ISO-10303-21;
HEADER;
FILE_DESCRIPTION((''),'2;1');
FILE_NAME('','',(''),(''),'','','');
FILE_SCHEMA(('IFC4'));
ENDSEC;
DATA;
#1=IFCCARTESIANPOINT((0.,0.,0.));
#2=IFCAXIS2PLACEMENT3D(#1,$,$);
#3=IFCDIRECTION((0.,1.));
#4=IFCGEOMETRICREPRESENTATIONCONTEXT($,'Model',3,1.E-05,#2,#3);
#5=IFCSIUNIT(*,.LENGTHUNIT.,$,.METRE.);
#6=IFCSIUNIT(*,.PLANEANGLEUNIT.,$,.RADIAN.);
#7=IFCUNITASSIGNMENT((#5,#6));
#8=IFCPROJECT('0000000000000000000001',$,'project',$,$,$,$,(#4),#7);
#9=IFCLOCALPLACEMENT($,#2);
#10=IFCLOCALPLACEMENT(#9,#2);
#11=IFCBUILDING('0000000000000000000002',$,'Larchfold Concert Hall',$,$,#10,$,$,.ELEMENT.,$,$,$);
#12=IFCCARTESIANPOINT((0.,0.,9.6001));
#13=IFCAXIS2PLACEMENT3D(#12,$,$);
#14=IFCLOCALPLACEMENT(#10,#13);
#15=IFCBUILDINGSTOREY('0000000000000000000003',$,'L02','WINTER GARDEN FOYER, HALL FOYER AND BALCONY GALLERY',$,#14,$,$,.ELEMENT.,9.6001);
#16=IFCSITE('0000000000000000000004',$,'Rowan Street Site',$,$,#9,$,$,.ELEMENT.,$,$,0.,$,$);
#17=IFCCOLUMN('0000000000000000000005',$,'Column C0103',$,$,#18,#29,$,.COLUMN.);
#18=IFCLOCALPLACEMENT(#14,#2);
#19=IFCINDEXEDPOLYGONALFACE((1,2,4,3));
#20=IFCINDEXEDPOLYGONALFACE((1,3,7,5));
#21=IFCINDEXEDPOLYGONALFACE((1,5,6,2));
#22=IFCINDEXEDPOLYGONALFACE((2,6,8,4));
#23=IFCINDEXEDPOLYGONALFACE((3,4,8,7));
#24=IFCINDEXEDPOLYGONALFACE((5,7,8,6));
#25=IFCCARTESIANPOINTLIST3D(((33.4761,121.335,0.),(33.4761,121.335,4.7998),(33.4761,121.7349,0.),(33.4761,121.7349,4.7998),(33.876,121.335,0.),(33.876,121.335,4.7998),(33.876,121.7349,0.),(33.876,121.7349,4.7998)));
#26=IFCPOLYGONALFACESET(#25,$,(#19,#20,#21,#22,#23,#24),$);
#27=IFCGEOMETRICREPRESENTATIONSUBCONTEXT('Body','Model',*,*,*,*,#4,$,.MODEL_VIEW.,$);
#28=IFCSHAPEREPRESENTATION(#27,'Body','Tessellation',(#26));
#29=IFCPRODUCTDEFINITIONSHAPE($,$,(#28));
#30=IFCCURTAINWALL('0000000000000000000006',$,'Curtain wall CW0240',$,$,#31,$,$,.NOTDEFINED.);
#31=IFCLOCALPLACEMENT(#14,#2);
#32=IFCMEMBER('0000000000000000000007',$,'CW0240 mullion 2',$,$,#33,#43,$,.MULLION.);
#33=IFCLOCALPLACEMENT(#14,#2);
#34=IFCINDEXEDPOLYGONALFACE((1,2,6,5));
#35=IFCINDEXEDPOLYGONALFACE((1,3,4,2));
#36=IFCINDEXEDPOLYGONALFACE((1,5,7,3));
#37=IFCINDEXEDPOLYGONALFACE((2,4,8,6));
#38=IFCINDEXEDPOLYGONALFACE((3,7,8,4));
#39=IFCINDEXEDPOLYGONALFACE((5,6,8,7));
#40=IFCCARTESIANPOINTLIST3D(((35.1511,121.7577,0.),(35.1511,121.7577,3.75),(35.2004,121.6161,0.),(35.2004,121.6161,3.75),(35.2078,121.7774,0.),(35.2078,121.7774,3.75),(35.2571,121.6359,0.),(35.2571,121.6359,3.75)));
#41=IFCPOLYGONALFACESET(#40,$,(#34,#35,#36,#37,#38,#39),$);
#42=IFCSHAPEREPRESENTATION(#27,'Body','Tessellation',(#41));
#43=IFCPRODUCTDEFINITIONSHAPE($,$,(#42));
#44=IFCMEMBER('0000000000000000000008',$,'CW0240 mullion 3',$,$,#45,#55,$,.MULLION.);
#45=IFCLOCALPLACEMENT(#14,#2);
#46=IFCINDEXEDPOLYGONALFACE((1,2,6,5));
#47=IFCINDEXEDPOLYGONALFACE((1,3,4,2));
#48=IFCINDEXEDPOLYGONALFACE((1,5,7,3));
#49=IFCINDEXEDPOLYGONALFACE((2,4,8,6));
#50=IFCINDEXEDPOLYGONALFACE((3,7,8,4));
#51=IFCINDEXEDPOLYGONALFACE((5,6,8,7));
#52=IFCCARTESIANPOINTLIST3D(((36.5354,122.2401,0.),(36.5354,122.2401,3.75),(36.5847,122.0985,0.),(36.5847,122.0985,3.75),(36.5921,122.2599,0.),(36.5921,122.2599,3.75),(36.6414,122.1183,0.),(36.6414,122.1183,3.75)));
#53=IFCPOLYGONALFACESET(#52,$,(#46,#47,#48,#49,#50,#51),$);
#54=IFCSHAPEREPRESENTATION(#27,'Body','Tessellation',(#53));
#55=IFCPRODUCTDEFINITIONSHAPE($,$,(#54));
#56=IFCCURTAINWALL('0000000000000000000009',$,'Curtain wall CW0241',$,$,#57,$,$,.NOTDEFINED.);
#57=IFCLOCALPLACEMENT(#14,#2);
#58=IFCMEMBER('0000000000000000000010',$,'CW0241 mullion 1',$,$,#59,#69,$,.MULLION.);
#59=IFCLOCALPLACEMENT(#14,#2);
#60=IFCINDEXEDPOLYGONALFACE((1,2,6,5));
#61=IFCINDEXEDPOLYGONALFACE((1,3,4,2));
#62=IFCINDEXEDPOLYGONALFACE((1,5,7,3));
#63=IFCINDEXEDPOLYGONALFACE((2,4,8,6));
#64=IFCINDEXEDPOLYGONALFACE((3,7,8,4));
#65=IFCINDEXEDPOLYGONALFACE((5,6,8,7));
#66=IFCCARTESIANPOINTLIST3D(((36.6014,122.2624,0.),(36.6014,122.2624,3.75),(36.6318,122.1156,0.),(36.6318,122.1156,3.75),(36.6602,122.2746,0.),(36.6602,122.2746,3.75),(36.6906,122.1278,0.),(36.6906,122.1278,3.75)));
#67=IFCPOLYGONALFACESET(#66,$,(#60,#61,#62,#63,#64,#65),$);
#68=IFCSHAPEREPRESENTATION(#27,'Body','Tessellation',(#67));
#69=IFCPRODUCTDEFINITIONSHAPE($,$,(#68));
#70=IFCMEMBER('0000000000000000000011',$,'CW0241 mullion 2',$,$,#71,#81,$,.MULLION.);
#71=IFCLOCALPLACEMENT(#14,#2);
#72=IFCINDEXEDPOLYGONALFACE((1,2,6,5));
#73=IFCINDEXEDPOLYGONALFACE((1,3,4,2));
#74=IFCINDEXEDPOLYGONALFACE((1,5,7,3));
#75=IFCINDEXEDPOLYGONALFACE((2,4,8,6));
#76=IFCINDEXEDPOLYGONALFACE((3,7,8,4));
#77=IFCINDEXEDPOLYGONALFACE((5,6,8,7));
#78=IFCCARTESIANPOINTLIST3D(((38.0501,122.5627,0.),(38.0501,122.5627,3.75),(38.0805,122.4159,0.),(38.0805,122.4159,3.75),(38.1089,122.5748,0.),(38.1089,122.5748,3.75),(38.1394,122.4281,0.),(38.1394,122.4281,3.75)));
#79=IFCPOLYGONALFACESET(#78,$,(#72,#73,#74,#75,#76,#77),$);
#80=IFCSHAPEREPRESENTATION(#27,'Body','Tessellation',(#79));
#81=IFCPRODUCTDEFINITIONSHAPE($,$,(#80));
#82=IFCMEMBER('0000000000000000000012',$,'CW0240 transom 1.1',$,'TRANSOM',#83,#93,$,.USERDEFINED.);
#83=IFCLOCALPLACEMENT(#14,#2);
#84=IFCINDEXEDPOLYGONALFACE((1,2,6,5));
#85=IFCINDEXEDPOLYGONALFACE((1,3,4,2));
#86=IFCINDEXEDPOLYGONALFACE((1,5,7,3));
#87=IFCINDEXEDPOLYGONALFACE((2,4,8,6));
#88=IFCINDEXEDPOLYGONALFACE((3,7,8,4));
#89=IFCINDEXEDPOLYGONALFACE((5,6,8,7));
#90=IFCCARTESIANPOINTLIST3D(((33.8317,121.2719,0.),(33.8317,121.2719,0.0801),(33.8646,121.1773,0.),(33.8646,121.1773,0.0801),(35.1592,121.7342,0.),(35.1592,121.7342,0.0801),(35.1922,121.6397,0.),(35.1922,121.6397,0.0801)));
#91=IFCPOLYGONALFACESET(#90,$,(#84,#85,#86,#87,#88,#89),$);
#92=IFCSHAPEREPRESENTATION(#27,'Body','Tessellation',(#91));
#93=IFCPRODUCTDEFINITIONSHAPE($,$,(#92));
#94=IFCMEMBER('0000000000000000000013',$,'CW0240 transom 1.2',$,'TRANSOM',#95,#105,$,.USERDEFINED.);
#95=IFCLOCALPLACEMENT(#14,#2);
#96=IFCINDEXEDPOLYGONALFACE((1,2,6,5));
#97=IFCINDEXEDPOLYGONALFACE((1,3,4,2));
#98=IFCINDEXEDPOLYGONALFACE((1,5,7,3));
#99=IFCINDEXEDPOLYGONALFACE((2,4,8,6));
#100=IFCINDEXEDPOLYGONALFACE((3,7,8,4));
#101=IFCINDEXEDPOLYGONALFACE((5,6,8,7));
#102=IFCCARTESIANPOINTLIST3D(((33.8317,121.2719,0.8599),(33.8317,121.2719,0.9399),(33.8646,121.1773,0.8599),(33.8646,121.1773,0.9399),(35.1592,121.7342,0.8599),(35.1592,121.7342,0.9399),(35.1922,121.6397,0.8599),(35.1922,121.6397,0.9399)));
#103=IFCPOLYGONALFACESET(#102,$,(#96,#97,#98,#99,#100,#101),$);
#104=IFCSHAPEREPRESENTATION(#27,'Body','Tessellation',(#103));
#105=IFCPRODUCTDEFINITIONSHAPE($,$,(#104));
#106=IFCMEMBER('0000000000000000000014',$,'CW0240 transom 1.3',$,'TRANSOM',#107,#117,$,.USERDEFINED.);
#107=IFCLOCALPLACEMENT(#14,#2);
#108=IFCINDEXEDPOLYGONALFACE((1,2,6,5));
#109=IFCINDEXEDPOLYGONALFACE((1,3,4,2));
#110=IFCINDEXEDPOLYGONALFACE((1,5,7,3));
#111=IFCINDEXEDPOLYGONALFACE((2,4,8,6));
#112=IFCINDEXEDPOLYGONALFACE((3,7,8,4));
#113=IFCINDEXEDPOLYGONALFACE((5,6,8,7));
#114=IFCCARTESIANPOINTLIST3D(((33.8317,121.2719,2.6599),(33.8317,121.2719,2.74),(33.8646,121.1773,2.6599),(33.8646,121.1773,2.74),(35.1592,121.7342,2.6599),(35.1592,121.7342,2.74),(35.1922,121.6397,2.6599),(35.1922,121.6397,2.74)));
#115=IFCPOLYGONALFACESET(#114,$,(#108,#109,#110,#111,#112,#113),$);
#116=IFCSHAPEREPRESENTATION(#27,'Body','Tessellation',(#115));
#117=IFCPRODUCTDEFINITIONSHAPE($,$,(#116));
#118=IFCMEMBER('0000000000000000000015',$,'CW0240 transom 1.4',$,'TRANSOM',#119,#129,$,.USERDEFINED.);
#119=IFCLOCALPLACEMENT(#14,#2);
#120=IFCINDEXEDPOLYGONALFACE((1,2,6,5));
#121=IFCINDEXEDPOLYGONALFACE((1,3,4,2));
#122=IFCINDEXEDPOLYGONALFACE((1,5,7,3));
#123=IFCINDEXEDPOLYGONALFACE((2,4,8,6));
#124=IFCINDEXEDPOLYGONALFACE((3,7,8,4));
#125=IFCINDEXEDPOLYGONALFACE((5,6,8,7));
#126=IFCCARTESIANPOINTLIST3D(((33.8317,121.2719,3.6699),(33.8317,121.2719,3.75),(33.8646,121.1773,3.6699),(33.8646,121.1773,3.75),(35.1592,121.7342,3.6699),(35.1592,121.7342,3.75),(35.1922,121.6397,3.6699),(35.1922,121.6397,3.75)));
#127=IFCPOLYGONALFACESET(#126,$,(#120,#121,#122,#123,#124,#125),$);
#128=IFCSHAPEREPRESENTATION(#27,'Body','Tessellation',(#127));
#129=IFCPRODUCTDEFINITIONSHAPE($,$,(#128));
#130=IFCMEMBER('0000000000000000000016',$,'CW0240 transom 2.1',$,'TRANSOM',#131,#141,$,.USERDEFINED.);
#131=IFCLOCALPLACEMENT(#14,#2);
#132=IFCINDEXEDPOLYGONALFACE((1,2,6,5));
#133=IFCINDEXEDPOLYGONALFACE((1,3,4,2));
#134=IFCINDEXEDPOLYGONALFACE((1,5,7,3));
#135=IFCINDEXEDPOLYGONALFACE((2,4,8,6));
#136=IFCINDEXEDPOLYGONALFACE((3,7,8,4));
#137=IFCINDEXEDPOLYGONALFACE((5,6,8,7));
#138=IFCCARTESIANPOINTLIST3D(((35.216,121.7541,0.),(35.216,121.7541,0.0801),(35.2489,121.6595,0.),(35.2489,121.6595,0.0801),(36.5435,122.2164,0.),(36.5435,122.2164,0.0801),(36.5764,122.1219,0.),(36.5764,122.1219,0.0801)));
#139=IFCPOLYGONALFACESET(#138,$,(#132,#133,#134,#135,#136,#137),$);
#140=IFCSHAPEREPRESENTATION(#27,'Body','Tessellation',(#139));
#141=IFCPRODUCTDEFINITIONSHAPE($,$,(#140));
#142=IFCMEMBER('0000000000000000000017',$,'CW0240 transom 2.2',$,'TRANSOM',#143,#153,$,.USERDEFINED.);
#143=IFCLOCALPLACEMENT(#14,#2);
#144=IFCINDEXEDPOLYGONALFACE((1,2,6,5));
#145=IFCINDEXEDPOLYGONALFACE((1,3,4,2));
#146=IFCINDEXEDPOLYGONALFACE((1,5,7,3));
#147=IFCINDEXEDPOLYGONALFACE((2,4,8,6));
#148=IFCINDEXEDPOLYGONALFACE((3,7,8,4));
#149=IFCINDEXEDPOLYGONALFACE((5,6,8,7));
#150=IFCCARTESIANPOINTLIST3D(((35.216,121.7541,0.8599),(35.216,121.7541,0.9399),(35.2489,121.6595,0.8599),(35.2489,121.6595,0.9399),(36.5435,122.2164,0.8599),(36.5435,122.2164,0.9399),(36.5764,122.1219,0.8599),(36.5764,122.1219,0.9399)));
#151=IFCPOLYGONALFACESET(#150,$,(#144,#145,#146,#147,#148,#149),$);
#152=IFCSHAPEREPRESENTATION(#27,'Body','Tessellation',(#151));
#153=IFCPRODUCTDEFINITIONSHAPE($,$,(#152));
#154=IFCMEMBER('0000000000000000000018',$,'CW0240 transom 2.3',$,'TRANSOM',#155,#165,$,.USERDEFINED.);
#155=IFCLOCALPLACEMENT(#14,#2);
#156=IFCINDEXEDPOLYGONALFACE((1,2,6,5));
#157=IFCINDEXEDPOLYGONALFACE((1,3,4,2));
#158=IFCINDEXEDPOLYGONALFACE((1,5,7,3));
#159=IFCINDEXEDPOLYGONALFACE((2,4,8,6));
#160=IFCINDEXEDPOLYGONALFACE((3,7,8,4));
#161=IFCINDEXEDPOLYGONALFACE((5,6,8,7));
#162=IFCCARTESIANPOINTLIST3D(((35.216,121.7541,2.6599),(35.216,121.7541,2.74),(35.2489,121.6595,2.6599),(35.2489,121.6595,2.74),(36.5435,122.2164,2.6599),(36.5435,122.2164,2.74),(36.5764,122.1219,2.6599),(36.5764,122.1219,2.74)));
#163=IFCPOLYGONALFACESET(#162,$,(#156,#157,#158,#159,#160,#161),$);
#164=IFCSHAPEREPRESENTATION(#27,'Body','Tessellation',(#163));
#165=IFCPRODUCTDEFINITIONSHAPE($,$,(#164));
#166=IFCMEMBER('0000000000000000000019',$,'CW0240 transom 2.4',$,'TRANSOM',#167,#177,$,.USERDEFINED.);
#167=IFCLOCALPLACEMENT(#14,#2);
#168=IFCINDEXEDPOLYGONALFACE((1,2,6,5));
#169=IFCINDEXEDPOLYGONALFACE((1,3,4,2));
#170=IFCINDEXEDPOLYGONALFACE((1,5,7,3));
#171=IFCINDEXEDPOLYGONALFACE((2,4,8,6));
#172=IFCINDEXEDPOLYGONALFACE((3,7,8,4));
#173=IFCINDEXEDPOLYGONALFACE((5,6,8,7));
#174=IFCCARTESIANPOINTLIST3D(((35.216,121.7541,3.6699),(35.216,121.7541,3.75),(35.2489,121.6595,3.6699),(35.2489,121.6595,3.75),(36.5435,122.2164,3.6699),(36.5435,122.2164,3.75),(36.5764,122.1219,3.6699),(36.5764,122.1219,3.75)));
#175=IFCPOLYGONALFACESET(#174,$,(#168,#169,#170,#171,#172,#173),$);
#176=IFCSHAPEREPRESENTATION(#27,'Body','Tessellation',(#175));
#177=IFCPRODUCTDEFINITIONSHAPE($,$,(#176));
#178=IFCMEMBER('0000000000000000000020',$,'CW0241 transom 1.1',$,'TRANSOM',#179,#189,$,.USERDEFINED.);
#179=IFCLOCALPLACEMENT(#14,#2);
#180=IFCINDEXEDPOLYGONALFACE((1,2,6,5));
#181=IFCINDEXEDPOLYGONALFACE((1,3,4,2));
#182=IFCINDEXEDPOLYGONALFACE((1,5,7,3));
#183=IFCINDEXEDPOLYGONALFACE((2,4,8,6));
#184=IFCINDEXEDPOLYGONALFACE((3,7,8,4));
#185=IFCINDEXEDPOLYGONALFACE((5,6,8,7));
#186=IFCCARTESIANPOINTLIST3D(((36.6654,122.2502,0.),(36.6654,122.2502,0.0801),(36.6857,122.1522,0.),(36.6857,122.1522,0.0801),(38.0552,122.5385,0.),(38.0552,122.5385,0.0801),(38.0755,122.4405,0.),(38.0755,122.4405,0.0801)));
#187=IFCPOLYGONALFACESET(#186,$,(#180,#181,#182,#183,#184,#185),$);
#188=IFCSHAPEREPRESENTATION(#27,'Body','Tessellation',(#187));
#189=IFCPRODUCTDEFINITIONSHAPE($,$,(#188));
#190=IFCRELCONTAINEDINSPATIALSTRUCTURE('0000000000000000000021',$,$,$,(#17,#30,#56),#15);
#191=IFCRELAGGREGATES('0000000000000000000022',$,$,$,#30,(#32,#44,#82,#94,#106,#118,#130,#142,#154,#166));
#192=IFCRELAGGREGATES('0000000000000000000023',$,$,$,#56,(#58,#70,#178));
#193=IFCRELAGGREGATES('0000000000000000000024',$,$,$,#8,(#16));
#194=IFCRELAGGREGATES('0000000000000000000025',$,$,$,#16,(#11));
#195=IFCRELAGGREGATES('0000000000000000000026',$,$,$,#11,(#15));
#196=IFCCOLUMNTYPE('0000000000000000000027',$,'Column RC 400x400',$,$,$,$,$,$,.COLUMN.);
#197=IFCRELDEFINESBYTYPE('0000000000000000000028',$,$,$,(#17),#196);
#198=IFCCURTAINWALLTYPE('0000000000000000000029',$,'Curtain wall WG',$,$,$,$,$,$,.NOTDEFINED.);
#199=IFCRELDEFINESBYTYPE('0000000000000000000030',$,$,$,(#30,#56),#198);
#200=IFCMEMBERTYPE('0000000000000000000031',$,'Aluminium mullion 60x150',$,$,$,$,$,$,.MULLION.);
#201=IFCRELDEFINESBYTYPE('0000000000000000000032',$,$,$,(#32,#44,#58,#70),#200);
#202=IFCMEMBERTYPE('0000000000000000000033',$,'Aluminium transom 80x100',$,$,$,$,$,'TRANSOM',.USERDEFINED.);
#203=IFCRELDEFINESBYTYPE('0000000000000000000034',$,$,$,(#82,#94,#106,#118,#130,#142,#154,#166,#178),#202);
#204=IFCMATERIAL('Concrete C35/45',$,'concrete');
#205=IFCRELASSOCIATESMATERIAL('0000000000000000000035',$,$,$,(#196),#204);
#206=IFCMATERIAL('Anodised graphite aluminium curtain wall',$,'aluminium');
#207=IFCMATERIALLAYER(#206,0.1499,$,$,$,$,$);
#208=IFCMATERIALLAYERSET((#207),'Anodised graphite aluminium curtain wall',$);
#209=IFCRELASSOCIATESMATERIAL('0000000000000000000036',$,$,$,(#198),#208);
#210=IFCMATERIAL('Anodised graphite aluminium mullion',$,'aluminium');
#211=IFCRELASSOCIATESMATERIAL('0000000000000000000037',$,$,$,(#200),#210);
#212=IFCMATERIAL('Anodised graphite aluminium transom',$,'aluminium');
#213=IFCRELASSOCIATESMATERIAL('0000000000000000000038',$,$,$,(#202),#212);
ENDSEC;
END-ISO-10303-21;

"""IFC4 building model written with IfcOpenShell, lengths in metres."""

from ifc_helpers import new_model, si_unit, direction, frame, origin, origin_2d, place, context, subcontext, project, spatial, rectangle, extrude, material, layer, layer_set, material_profile, profile_set, type_object, element, aggregate, save


model = new_model("IFC4")

# Units and contexts
model_context = context("Model", 3, precision=1e-05, world=origin(), true_north=direction((0.0, 1.0)))
body_context = subcontext(model_context, "Body", "Model", "MODEL_VIEW")
ifc_project = project(units=[si_unit("LENGTHUNIT", "METRE"), si_unit("PLANEANGLEUNIT", "RADIAN")], contexts=[model_context])

# Site, building, storey
site_placement = place(None, origin())
site = spatial("IfcSite", under=ifc_project, at=site_placement, Name="Rowan Street Site", CompositionType="ELEMENT", RefElevation=0.0)
building_placement = place(site_placement, origin())
building = spatial("IfcBuilding", under=site, at=building_placement, Name="Larchfold Concert Hall", CompositionType="ELEMENT")
storey_placement = place(building_placement, frame((0.0, 0.0, 9.6001)))
storey = spatial("IfcBuildingStorey", under=building, at=storey_placement, Name="L02", Description="WINTER GARDEN FOYER, HALL FOYER AND BALCONY GALLERY", CompositionType="ELEMENT", Elevation=9.6001)

# Column
ifc_material_1 = material(Name="Concrete C35/45", Category="concrete")
ifc_material_profile_1 = material_profile(ifc_material_1, rectangle(XDim=0.3999, YDim=0.3999, at=origin_2d()))
ifc_profile_set_1 = profile_set([ifc_material_profile_1], Name="Concrete C35/45")
column_type = type_object("IfcColumnType", Name="Column RC 400x400", PredefinedType="COLUMN", material=ifc_profile_set_1)
column_placement = place(storey_placement, frame((33.676, 121.5349, 0.0), z_axis=(0.0, 0.0, 1.0), x_axis=(1.0, 0.0, 0.0)))
element("IfcColumn", 1, at=column_placement, inside=storey, type_object=column_type, Name="Column C0103", PredefinedType="COLUMN", context=body_context, shape_type="SweptSolid", body=[
    extrude(rectangle(XDim=0.3999, YDim=0.3999, at=origin_2d()), origin(), (0.0, 0.0, 1.0), 4.7998),
])

# Curtain walls, members
ifc_material_2 = material(Name="Anodised graphite aluminium curtain wall", Category="aluminium")
ifc_layer_1 = layer(ifc_material_2, 0.1499)
ifc_layer_set_1 = layer_set([ifc_layer_1], Name="Anodised graphite aluminium curtain wall")
curtain_wall_type = type_object("IfcCurtainWallType", Name="Curtain wall WG", PredefinedType="NOTDEFINED", material=ifc_layer_set_1)
curtain_wall_1_placement = place(storey_placement, origin())
curtain_wall_1 = element("IfcCurtainWall", 2, at=curtain_wall_1_placement, inside=storey, type_object=curtain_wall_type, Name="Curtain wall CW0240", PredefinedType="NOTDEFINED")
ifc_material_3 = material(Name="Anodised graphite aluminium mullion", Category="aluminium")
ifc_material_profile_2 = material_profile(ifc_material_3, rectangle(XDim=0.1499, YDim=0.0601, at=origin_2d()))
ifc_profile_set_2 = profile_set([ifc_material_profile_2], Name="Anodised graphite aluminium mullion")
member_type_1 = type_object("IfcMemberType", Name="Aluminium mullion 60x150", PredefinedType="MULLION", material=ifc_profile_set_2)
member_1_placement = place(storey_placement, frame((35.2041, 121.6968, 0.0), z_axis=(0.0, 0.0, 1.0), x_axis=(-0.328954, 0.944346, 0.0)))
member_1 = element("IfcMember", 3, at=member_1_placement, type_object=member_type_1, Name="CW0240 mullion 2", PredefinedType="MULLION", context=body_context, shape_type="SweptSolid", body=[
    extrude(rectangle(XDim=0.1499, YDim=0.0601, at=origin_2d()), origin(), (0.0, 0.0, 1.0), 3.75),
])
member_2_placement = place(storey_placement, frame((36.5884, 122.1792, 0.0), z_axis=(0.0, 0.0, 1.0), x_axis=(-0.328954, 0.944346, 0.0)))
member_2 = element("IfcMember", 4, at=member_2_placement, type_object=member_type_1, Name="CW0240 mullion 3", PredefinedType="MULLION", context=body_context, shape_type="SweptSolid", body=[
    extrude(rectangle(XDim=0.1499, YDim=0.0601, at=origin_2d()), origin(), (0.0, 0.0, 1.0), 3.75),
])
curtain_wall_2_placement = place(storey_placement, origin())
curtain_wall_2 = element("IfcCurtainWall", 5, at=curtain_wall_2_placement, inside=storey, type_object=curtain_wall_type, Name="Curtain wall CW0241", PredefinedType="NOTDEFINED")
member_3_placement = place(storey_placement, frame((36.646, 122.1951, 0.0), z_axis=(0.0, 0.0, 1.0), x_axis=(-0.203063, 0.979166, 0.0)))
member_3 = element("IfcMember", 6, at=member_3_placement, type_object=member_type_1, Name="CW0241 mullion 1", PredefinedType="MULLION", context=body_context, shape_type="SweptSolid", body=[
    extrude(rectangle(XDim=0.1499, YDim=0.0601, at=origin_2d()), origin(), (0.0, 0.0, 1.0), 3.75),
])
member_4_placement = place(storey_placement, frame((38.0947, 122.4954, 0.0), z_axis=(0.0, 0.0, 1.0), x_axis=(-0.203063, 0.979166, 0.0)))
member_4 = element("IfcMember", 7, at=member_4_placement, type_object=member_type_1, Name="CW0241 mullion 2", PredefinedType="MULLION", context=body_context, shape_type="SweptSolid", body=[
    extrude(rectangle(XDim=0.1499, YDim=0.0601, at=origin_2d()), origin(), (0.0, 0.0, 1.0), 3.75),
])

# Members
ifc_material_4 = material(Name="Anodised graphite aluminium transom", Category="aluminium")
ifc_material_profile_3 = material_profile(ifc_material_4, rectangle(XDim=0.1001, YDim=0.0801, at=origin_2d()))
ifc_profile_set_3 = profile_set([ifc_material_profile_3], Name="Anodised graphite aluminium transom")
member_type_2 = type_object("IfcMemberType", Name="Aluminium transom 80x100", ElementType="TRANSOM", PredefinedType="USERDEFINED", material=ifc_profile_set_3)
member_5_placement = place(storey_placement, frame((33.8481, 121.2246, 0.04), z_axis=(0.944361, 0.328911, 0.0), x_axis=(-0.328911, 0.944361, 0.0)))
member_5 = element("IfcMember", 8, at=member_5_placement, type_object=member_type_2, Name="CW0240 transom 1.1", ObjectType="TRANSOM", PredefinedType="USERDEFINED", context=body_context, shape_type="SweptSolid", body=[
    extrude(rectangle(XDim=0.1001, YDim=0.0801, at=origin_2d()), origin(), (0.0, 0.0, 1.0), 1.4058),
])
member_6_placement = place(storey_placement, frame((33.8481, 121.2246, 0.8999), z_axis=(0.944361, 0.328911, 0.0), x_axis=(-0.328911, 0.944361, 0.0)))
member_6 = element("IfcMember", 9, at=member_6_placement, type_object=member_type_2, Name="CW0240 transom 1.2", ObjectType="TRANSOM", PredefinedType="USERDEFINED", context=body_context, shape_type="SweptSolid", body=[
    extrude(rectangle(XDim=0.1001, YDim=0.0801, at=origin_2d()), origin(), (0.0, 0.0, 1.0), 1.4058),
])
member_7_placement = place(storey_placement, frame((33.8481, 121.2246, 2.7), z_axis=(0.944361, 0.328911, 0.0), x_axis=(-0.328911, 0.944361, 0.0)))
member_7 = element("IfcMember", 10, at=member_7_placement, type_object=member_type_2, Name="CW0240 transom 1.3", ObjectType="TRANSOM", PredefinedType="USERDEFINED", context=body_context, shape_type="SweptSolid", body=[
    extrude(rectangle(XDim=0.1001, YDim=0.0801, at=origin_2d()), origin(), (0.0, 0.0, 1.0), 1.4058),
])
member_8_placement = place(storey_placement, frame((33.8481, 121.2246, 3.71), z_axis=(0.944361, 0.328911, 0.0), x_axis=(-0.328911, 0.944361, 0.0)))
member_8 = element("IfcMember", 11, at=member_8_placement, type_object=member_type_2, Name="CW0240 transom 1.4", ObjectType="TRANSOM", PredefinedType="USERDEFINED", context=body_context, shape_type="SweptSolid", body=[
    extrude(rectangle(XDim=0.1001, YDim=0.0801, at=origin_2d()), origin(), (0.0, 0.0, 1.0), 1.4058),
])
member_9_placement = place(storey_placement, frame((35.2324, 121.7068, 0.04), z_axis=(0.944361, 0.328911, 0.0), x_axis=(-0.328911, 0.944361, 0.0)))
member_9 = element("IfcMember", 12, at=member_9_placement, type_object=member_type_2, Name="CW0240 transom 2.1", ObjectType="TRANSOM", PredefinedType="USERDEFINED", context=body_context, shape_type="SweptSolid", body=[
    extrude(rectangle(XDim=0.1001, YDim=0.0801, at=origin_2d()), origin(), (0.0, 0.0, 1.0), 1.4058),
])
member_10_placement = place(storey_placement, frame((35.2324, 121.7068, 0.8999), z_axis=(0.944361, 0.328911, 0.0), x_axis=(-0.328911, 0.944361, 0.0)))
member_10 = element("IfcMember", 13, at=member_10_placement, type_object=member_type_2, Name="CW0240 transom 2.2", ObjectType="TRANSOM", PredefinedType="USERDEFINED", context=body_context, shape_type="SweptSolid", body=[
    extrude(rectangle(XDim=0.1001, YDim=0.0801, at=origin_2d()), origin(), (0.0, 0.0, 1.0), 1.4058),
])
member_11_placement = place(storey_placement, frame((35.2324, 121.7068, 2.7), z_axis=(0.944361, 0.328911, 0.0), x_axis=(-0.328911, 0.944361, 0.0)))
member_11 = element("IfcMember", 14, at=member_11_placement, type_object=member_type_2, Name="CW0240 transom 2.3", ObjectType="TRANSOM", PredefinedType="USERDEFINED", context=body_context, shape_type="SweptSolid", body=[
    extrude(rectangle(XDim=0.1001, YDim=0.0801, at=origin_2d()), origin(), (0.0, 0.0, 1.0), 1.4058),
])
member_12_placement = place(storey_placement, frame((35.2324, 121.7068, 3.71), z_axis=(0.944361, 0.328911, 0.0), x_axis=(-0.328911, 0.944361, 0.0)))
member_12 = element("IfcMember", 15, at=member_12_placement, type_object=member_type_2, Name="CW0240 transom 2.4", ObjectType="TRANSOM", PredefinedType="USERDEFINED", context=body_context, shape_type="SweptSolid", body=[
    extrude(rectangle(XDim=0.1001, YDim=0.0801, at=origin_2d()), origin(), (0.0, 0.0, 1.0), 1.4058),
])
member_13_placement = place(storey_placement, frame((36.6755, 122.2012, 0.04), z_axis=(0.979153, 0.203123, 0.0), x_axis=(-0.203123, 0.979153, 0.0)))
member_13 = element("IfcMember", 16, at=member_13_placement, type_object=member_type_2, Name="CW0241 transom 1.1", ObjectType="TRANSOM", PredefinedType="USERDEFINED", context=body_context, shape_type="SweptSolid", body=[
    extrude(rectangle(XDim=0.1001, YDim=0.0801, at=origin_2d()), origin(), (0.0, 0.0, 1.0), 1.4194),
])

aggregate(curtain_wall_1, [member_1, member_2, member_5, member_6, member_7, member_8, member_9, member_10, member_11, member_12])
aggregate(curtain_wall_2, [member_3, member_4, member_13])

save(model, "model.ifc")
